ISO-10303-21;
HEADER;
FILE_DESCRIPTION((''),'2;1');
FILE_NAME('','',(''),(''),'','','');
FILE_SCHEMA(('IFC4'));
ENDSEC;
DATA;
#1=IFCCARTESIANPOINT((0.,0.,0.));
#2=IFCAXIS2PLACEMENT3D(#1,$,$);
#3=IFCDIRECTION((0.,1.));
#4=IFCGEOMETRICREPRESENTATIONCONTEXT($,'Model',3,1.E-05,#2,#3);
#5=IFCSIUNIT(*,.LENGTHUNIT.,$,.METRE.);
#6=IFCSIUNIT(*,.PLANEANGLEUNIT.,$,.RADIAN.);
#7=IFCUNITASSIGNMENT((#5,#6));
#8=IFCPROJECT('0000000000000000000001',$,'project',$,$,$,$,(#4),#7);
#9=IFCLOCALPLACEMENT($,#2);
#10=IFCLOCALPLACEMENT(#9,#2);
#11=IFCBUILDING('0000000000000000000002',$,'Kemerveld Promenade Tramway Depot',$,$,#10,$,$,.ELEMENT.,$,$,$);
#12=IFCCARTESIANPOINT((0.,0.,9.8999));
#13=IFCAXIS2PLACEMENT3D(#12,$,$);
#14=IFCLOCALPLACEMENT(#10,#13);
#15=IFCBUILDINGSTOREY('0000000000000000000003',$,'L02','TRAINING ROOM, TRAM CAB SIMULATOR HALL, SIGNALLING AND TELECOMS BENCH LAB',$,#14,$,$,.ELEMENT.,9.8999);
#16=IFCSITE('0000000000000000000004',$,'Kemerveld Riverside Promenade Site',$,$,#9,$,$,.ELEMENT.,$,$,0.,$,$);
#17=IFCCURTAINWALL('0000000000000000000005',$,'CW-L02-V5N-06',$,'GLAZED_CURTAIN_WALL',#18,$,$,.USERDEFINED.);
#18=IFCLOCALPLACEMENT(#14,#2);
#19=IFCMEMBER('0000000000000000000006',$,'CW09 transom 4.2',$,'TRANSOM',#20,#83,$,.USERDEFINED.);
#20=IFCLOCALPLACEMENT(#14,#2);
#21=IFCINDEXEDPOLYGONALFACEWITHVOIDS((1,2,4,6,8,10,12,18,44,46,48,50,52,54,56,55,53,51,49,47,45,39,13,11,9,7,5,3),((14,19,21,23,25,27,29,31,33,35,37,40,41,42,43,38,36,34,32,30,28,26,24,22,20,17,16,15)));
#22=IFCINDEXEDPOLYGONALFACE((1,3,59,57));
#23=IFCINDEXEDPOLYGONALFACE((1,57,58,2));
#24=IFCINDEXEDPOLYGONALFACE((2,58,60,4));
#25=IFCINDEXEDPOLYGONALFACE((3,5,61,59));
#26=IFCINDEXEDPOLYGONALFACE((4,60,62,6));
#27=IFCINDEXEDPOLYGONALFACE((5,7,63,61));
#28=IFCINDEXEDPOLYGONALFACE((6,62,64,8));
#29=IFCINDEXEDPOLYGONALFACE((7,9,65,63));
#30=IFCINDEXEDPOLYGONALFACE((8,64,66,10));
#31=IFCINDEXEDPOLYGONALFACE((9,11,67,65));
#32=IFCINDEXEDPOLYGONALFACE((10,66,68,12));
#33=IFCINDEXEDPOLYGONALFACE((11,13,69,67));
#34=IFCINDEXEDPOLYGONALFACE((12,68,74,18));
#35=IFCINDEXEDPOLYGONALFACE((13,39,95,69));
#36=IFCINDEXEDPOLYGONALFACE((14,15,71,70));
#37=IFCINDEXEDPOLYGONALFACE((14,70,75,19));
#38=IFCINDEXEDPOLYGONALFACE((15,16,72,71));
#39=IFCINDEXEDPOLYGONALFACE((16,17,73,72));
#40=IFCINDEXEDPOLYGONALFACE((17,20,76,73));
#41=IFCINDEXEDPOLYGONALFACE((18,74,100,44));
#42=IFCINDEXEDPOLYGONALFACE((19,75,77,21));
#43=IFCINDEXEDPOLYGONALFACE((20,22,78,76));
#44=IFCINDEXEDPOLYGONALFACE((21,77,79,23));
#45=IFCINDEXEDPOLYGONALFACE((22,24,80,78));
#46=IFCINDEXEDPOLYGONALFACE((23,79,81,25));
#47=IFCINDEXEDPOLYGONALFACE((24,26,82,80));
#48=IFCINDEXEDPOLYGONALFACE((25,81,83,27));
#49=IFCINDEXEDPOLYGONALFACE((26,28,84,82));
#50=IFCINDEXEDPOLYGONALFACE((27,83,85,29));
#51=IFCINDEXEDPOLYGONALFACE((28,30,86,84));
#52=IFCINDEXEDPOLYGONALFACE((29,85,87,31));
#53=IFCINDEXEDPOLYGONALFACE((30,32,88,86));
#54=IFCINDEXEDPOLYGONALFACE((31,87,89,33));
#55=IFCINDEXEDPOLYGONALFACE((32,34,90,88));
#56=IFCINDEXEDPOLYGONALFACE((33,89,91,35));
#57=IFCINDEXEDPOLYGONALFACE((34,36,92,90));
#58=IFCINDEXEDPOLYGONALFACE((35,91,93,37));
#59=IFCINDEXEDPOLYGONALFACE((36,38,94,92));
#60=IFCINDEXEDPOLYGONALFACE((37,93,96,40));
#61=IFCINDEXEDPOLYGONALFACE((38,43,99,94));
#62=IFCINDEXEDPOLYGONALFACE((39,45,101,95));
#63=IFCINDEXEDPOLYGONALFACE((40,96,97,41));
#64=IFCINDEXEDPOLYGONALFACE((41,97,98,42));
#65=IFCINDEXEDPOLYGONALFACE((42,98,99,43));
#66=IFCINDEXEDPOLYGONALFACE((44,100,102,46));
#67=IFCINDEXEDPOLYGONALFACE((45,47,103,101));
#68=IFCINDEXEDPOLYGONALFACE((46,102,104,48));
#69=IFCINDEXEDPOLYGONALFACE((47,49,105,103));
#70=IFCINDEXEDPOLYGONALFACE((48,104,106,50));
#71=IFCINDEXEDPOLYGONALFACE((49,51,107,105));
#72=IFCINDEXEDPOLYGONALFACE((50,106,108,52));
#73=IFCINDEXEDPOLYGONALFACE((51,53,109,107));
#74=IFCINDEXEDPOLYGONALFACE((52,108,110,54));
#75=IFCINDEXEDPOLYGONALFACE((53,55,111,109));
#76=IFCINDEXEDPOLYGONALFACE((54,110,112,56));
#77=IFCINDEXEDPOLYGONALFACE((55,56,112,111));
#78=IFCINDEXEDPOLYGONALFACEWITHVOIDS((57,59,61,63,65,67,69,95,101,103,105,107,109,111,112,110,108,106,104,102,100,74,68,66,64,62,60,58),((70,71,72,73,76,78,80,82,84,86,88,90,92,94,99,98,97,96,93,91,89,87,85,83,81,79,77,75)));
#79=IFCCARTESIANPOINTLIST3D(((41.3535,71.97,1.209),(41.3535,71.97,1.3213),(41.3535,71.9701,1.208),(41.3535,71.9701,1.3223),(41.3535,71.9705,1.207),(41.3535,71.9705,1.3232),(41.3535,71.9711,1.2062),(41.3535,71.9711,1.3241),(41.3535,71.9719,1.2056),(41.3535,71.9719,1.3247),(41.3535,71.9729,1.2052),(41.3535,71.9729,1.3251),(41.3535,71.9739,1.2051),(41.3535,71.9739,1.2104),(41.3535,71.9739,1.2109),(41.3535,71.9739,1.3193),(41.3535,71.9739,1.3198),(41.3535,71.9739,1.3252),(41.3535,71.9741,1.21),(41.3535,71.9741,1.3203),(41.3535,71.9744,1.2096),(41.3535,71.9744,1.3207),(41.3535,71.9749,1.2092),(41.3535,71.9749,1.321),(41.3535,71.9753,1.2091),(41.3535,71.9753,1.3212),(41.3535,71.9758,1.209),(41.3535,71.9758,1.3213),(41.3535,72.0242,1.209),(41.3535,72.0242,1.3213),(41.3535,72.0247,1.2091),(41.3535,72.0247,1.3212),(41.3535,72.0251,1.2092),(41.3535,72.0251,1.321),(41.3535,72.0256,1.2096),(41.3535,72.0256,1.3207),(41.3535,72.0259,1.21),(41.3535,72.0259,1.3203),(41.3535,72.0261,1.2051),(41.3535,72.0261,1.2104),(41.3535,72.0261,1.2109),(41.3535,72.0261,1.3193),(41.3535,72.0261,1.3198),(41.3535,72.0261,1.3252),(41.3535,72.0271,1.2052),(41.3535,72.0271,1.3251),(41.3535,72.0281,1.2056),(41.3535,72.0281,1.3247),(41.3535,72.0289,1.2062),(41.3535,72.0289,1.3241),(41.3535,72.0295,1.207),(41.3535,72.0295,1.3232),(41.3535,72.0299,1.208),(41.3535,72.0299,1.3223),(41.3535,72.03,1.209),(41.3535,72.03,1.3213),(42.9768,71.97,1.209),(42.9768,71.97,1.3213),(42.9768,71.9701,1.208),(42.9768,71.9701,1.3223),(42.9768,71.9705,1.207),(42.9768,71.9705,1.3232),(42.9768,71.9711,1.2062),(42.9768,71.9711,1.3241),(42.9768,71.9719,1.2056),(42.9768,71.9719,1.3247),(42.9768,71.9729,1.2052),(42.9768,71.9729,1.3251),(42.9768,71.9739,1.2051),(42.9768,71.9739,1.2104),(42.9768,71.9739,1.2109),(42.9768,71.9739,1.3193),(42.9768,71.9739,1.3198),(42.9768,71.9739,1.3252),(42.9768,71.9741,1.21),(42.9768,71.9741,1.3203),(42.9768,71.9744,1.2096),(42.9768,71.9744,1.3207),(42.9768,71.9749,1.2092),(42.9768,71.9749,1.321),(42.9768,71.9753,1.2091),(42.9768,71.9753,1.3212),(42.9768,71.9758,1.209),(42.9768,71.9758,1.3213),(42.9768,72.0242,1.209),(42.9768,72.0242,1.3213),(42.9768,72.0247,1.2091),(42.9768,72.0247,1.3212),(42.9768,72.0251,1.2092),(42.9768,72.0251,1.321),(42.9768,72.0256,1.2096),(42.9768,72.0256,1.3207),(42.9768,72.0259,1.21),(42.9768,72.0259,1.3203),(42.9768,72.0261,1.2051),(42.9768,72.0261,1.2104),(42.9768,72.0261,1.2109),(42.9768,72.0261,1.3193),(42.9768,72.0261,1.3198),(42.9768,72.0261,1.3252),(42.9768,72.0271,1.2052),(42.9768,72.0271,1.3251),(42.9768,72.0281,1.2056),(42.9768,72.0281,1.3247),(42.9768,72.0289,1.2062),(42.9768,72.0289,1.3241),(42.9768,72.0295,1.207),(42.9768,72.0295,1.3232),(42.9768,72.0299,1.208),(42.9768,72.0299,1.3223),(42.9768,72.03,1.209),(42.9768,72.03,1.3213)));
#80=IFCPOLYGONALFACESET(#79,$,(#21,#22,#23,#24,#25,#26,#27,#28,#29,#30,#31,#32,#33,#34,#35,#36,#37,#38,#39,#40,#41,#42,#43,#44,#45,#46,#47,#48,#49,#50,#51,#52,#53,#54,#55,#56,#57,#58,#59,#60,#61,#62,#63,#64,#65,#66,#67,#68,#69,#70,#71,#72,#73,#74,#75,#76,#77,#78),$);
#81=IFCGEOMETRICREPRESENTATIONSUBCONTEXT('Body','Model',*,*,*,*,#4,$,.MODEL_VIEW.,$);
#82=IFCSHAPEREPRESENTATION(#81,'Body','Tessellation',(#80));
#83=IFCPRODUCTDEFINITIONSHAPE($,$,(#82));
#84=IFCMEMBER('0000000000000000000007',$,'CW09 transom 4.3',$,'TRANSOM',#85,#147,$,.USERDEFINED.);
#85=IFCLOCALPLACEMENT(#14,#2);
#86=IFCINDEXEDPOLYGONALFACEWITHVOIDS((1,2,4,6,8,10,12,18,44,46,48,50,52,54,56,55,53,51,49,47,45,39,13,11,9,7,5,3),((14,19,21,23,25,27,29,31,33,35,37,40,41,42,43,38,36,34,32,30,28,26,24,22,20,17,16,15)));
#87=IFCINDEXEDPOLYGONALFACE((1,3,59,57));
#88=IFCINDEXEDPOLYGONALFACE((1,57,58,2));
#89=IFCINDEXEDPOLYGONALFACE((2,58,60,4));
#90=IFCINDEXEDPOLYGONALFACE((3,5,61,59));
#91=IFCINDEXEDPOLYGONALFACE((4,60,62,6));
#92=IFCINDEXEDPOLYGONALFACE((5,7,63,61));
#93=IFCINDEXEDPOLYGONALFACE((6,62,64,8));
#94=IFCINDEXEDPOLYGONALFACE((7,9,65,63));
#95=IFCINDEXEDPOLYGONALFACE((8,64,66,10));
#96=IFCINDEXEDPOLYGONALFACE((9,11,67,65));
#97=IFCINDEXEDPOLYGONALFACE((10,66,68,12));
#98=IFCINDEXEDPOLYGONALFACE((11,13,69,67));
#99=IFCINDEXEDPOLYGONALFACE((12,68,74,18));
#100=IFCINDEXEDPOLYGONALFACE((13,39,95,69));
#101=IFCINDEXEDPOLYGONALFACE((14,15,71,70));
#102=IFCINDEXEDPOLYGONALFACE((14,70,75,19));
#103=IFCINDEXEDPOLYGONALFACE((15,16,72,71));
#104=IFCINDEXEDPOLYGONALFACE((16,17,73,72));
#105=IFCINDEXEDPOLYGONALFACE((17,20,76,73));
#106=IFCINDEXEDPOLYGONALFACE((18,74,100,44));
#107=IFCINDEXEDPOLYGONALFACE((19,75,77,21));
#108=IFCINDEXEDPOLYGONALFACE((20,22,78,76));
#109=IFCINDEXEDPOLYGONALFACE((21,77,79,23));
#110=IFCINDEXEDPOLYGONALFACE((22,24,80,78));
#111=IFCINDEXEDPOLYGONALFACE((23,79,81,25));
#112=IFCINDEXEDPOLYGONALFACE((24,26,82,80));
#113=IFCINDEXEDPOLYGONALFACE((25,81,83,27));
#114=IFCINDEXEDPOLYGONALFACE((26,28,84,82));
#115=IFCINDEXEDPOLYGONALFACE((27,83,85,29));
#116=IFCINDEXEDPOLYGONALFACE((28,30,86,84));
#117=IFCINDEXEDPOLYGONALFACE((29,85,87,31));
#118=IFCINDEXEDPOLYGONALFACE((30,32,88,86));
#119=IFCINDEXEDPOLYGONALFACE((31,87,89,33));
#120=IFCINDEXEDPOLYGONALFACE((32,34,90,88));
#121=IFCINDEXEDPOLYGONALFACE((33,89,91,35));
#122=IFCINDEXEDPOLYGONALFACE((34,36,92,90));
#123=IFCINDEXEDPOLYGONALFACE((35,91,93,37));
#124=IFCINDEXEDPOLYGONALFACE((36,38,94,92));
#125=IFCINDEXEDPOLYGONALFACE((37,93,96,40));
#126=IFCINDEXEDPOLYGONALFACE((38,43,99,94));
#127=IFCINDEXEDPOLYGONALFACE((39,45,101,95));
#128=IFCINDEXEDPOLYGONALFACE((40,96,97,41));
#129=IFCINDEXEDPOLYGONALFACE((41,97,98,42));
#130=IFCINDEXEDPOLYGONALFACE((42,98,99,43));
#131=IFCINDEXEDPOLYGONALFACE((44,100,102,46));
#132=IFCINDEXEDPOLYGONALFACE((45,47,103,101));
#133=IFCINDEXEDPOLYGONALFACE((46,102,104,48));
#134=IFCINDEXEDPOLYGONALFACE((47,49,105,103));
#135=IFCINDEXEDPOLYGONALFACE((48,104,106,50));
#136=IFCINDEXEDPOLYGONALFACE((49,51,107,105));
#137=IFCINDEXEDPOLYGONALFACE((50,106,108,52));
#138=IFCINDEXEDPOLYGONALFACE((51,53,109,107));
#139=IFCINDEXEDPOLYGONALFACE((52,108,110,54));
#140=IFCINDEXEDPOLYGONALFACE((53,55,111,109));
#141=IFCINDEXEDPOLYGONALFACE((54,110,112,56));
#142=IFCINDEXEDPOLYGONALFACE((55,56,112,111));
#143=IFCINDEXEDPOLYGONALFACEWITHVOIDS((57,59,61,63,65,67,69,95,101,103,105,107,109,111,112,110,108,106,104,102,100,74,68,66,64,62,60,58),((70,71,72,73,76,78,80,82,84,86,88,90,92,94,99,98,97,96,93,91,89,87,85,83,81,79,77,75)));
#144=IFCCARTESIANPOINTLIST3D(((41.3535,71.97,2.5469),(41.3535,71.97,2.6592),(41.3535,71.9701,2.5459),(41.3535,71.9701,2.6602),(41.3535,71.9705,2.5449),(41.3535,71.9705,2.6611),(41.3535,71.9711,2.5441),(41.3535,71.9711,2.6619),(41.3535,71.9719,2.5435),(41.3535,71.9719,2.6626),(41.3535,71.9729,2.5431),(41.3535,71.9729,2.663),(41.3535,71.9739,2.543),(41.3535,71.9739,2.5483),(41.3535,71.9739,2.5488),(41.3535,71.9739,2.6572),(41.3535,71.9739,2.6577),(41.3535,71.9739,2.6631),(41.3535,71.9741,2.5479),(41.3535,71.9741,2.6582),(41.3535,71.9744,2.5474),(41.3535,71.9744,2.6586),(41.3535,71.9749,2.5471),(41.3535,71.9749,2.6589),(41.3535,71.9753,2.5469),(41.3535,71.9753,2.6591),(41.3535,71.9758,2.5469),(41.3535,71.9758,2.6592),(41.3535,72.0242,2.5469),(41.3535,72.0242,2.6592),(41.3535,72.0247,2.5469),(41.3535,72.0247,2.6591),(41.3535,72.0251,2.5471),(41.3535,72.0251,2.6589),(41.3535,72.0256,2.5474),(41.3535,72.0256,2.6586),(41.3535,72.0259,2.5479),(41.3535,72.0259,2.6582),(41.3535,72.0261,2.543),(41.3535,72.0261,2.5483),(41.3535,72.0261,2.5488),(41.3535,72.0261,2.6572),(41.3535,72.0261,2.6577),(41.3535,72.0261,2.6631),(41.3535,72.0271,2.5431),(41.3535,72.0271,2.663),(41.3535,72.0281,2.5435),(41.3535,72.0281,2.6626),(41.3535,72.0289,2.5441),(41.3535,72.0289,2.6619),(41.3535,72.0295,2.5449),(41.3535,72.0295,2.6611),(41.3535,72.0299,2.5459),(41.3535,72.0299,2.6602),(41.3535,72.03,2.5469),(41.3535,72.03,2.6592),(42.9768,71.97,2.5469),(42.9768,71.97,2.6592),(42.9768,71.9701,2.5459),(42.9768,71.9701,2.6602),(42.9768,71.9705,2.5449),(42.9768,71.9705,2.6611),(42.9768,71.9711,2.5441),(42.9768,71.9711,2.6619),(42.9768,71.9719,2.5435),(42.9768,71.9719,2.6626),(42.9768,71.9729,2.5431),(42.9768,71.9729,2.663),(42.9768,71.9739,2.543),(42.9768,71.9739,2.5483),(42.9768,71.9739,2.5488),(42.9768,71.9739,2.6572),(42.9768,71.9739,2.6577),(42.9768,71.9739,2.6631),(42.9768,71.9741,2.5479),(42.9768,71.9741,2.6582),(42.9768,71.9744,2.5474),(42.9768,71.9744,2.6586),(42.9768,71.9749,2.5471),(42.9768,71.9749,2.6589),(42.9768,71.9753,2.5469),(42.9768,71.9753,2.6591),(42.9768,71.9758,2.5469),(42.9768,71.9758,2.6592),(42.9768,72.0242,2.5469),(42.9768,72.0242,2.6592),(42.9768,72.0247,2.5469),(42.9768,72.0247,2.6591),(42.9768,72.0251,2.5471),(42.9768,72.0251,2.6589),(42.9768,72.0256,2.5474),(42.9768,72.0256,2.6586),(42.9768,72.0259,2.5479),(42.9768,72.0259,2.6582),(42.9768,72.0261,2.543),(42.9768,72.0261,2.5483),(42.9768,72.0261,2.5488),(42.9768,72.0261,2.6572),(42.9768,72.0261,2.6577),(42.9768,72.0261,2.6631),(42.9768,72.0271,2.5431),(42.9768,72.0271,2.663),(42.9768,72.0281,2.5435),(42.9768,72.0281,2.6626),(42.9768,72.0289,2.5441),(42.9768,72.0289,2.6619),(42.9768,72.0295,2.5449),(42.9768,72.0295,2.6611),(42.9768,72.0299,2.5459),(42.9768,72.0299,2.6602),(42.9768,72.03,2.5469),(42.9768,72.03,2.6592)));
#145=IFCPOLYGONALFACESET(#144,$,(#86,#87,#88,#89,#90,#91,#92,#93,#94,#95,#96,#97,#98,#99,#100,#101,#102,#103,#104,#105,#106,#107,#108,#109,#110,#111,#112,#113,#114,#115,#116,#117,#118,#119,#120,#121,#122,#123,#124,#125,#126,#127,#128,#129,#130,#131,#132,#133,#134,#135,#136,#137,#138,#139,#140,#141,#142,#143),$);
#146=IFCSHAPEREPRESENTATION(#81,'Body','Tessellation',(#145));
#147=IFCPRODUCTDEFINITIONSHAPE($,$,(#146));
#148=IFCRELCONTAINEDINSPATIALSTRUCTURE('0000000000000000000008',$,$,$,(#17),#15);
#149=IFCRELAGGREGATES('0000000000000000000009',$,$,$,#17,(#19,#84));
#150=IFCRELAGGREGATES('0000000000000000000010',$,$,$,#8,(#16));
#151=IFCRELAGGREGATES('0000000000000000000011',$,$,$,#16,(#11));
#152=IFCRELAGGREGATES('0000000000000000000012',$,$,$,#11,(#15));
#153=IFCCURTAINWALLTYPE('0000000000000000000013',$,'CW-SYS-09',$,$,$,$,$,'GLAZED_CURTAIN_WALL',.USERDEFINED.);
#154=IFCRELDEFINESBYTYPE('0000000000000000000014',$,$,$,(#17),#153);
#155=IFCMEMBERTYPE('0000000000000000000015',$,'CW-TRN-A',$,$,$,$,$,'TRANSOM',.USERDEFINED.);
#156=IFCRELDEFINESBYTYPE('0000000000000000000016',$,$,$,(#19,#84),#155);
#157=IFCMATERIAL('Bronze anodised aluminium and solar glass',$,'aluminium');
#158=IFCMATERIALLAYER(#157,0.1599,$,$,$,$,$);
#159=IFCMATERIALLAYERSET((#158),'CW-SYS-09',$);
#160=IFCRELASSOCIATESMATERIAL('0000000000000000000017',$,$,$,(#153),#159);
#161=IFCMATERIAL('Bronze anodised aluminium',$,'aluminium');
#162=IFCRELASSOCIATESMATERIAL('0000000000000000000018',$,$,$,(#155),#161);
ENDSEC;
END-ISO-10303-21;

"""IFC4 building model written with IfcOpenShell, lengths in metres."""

from ifc_helpers import new_model, si_unit, direction, frame, origin, origin_2d, place, context, subcontext, project, spatial, hollow_rectangle, extrude, material, layer, layer_set, material_profile, profile_set, type_object, element, aggregate, save


model = new_model("IFC4")

# Units and contexts
model_context = context("Model", 3, precision=1e-05, world=origin(), true_north=direction((0.0, 1.0)))
body_context = subcontext(model_context, "Body", "Model", "MODEL_VIEW")
ifc_project = project(units=[si_unit("LENGTHUNIT", "METRE"), si_unit("PLANEANGLEUNIT", "RADIAN")], contexts=[model_context])

# Site, building, storey
site_placement = place(None, origin())
site = spatial("IfcSite", under=ifc_project, at=site_placement, Name="Kemerveld Riverside Promenade Site", CompositionType="ELEMENT", RefElevation=0.0)
building_placement = place(site_placement, origin())
building = spatial("IfcBuilding", under=site, at=building_placement, Name="Kemerveld Promenade Tramway Depot", CompositionType="ELEMENT")
storey_placement = place(building_placement, frame((0.0, 0.0, 9.8999)))
storey = spatial("IfcBuildingStorey", under=building, at=storey_placement, Name="L02", Description="TRAINING ROOM, TRAM CAB SIMULATOR HALL, SIGNALLING AND TELECOMS BENCH LAB", CompositionType="ELEMENT", Elevation=9.8999)

# Curtain wall, members
ifc_material_1 = material(Name="Bronze anodised aluminium and solar glass", Category="aluminium")
ifc_layer_1 = layer(ifc_material_1, 0.1599)
ifc_layer_set_1 = layer_set([ifc_layer_1], Name="CW-SYS-09")
curtain_wall_type = type_object("IfcCurtainWallType", Name="CW-SYS-09", ElementType="GLAZED_CURTAIN_WALL", PredefinedType="USERDEFINED", material=ifc_layer_set_1)
curtain_wall_placement = place(storey_placement, origin())
curtain_wall = element("IfcCurtainWall", 1, at=curtain_wall_placement, inside=storey, type_object=curtain_wall_type, Name="CW-L02-V5N-06", ObjectType="GLAZED_CURTAIN_WALL", PredefinedType="USERDEFINED")
ifc_material_2 = material(Name="Bronze anodised aluminium", Category="aluminium")
ifc_material_profile_1 = material_profile(ifc_material_2, hollow_rectangle(XDim=0.0601, YDim=0.1201, WallThickness=0.0039, InnerFilletRadius=0.002, OuterFilletRadius=0.0039, at=origin_2d()), Name="CW-TRN-120x60")
ifc_profile_set_1 = profile_set([ifc_material_profile_1], Name="Bronze anodised aluminium")
member_type_1 = type_object("IfcMemberType", Name="CW-TRN-A", ElementType="TRANSOM", PredefinedType="USERDEFINED", material=ifc_profile_set_1)
member_1_placement = place(storey_placement, frame((41.3535, 72.0, 1.2651), z_axis=(1.0, 0.0, 0.0), x_axis=(0.0, 1.0, 0.0)))
member_1 = element("IfcMember", 2, at=member_1_placement, type_object=member_type_1, Name="CW09 transom 4.2", ObjectType="TRANSOM", PredefinedType="USERDEFINED", context=body_context, shape_type="SweptSolid", body=[
    extrude(hollow_rectangle(XDim=0.0601, YDim=0.1201, WallThickness=0.0039, InnerFilletRadius=0.002, OuterFilletRadius=0.0039, at=origin_2d()), origin(), (0.0, 0.0, 1.0), 1.6233),
])
member_2_placement = place(storey_placement, frame((41.3535, 72.0, 2.603), z_axis=(1.0, 0.0, 0.0), x_axis=(0.0, 1.0, 0.0)))
member_2 = element("IfcMember", 3, at=member_2_placement, type_object=member_type_1, Name="CW09 transom 4.3", ObjectType="TRANSOM", PredefinedType="USERDEFINED", context=body_context, shape_type="SweptSolid", body=[
    extrude(hollow_rectangle(XDim=0.0601, YDim=0.1201, WallThickness=0.0039, InnerFilletRadius=0.002, OuterFilletRadius=0.0039, at=origin_2d()), origin(), (0.0, 0.0, 1.0), 1.6233),
])
aggregate(curtain_wall, [member_1, member_2])

save(model, "model.ifc")
